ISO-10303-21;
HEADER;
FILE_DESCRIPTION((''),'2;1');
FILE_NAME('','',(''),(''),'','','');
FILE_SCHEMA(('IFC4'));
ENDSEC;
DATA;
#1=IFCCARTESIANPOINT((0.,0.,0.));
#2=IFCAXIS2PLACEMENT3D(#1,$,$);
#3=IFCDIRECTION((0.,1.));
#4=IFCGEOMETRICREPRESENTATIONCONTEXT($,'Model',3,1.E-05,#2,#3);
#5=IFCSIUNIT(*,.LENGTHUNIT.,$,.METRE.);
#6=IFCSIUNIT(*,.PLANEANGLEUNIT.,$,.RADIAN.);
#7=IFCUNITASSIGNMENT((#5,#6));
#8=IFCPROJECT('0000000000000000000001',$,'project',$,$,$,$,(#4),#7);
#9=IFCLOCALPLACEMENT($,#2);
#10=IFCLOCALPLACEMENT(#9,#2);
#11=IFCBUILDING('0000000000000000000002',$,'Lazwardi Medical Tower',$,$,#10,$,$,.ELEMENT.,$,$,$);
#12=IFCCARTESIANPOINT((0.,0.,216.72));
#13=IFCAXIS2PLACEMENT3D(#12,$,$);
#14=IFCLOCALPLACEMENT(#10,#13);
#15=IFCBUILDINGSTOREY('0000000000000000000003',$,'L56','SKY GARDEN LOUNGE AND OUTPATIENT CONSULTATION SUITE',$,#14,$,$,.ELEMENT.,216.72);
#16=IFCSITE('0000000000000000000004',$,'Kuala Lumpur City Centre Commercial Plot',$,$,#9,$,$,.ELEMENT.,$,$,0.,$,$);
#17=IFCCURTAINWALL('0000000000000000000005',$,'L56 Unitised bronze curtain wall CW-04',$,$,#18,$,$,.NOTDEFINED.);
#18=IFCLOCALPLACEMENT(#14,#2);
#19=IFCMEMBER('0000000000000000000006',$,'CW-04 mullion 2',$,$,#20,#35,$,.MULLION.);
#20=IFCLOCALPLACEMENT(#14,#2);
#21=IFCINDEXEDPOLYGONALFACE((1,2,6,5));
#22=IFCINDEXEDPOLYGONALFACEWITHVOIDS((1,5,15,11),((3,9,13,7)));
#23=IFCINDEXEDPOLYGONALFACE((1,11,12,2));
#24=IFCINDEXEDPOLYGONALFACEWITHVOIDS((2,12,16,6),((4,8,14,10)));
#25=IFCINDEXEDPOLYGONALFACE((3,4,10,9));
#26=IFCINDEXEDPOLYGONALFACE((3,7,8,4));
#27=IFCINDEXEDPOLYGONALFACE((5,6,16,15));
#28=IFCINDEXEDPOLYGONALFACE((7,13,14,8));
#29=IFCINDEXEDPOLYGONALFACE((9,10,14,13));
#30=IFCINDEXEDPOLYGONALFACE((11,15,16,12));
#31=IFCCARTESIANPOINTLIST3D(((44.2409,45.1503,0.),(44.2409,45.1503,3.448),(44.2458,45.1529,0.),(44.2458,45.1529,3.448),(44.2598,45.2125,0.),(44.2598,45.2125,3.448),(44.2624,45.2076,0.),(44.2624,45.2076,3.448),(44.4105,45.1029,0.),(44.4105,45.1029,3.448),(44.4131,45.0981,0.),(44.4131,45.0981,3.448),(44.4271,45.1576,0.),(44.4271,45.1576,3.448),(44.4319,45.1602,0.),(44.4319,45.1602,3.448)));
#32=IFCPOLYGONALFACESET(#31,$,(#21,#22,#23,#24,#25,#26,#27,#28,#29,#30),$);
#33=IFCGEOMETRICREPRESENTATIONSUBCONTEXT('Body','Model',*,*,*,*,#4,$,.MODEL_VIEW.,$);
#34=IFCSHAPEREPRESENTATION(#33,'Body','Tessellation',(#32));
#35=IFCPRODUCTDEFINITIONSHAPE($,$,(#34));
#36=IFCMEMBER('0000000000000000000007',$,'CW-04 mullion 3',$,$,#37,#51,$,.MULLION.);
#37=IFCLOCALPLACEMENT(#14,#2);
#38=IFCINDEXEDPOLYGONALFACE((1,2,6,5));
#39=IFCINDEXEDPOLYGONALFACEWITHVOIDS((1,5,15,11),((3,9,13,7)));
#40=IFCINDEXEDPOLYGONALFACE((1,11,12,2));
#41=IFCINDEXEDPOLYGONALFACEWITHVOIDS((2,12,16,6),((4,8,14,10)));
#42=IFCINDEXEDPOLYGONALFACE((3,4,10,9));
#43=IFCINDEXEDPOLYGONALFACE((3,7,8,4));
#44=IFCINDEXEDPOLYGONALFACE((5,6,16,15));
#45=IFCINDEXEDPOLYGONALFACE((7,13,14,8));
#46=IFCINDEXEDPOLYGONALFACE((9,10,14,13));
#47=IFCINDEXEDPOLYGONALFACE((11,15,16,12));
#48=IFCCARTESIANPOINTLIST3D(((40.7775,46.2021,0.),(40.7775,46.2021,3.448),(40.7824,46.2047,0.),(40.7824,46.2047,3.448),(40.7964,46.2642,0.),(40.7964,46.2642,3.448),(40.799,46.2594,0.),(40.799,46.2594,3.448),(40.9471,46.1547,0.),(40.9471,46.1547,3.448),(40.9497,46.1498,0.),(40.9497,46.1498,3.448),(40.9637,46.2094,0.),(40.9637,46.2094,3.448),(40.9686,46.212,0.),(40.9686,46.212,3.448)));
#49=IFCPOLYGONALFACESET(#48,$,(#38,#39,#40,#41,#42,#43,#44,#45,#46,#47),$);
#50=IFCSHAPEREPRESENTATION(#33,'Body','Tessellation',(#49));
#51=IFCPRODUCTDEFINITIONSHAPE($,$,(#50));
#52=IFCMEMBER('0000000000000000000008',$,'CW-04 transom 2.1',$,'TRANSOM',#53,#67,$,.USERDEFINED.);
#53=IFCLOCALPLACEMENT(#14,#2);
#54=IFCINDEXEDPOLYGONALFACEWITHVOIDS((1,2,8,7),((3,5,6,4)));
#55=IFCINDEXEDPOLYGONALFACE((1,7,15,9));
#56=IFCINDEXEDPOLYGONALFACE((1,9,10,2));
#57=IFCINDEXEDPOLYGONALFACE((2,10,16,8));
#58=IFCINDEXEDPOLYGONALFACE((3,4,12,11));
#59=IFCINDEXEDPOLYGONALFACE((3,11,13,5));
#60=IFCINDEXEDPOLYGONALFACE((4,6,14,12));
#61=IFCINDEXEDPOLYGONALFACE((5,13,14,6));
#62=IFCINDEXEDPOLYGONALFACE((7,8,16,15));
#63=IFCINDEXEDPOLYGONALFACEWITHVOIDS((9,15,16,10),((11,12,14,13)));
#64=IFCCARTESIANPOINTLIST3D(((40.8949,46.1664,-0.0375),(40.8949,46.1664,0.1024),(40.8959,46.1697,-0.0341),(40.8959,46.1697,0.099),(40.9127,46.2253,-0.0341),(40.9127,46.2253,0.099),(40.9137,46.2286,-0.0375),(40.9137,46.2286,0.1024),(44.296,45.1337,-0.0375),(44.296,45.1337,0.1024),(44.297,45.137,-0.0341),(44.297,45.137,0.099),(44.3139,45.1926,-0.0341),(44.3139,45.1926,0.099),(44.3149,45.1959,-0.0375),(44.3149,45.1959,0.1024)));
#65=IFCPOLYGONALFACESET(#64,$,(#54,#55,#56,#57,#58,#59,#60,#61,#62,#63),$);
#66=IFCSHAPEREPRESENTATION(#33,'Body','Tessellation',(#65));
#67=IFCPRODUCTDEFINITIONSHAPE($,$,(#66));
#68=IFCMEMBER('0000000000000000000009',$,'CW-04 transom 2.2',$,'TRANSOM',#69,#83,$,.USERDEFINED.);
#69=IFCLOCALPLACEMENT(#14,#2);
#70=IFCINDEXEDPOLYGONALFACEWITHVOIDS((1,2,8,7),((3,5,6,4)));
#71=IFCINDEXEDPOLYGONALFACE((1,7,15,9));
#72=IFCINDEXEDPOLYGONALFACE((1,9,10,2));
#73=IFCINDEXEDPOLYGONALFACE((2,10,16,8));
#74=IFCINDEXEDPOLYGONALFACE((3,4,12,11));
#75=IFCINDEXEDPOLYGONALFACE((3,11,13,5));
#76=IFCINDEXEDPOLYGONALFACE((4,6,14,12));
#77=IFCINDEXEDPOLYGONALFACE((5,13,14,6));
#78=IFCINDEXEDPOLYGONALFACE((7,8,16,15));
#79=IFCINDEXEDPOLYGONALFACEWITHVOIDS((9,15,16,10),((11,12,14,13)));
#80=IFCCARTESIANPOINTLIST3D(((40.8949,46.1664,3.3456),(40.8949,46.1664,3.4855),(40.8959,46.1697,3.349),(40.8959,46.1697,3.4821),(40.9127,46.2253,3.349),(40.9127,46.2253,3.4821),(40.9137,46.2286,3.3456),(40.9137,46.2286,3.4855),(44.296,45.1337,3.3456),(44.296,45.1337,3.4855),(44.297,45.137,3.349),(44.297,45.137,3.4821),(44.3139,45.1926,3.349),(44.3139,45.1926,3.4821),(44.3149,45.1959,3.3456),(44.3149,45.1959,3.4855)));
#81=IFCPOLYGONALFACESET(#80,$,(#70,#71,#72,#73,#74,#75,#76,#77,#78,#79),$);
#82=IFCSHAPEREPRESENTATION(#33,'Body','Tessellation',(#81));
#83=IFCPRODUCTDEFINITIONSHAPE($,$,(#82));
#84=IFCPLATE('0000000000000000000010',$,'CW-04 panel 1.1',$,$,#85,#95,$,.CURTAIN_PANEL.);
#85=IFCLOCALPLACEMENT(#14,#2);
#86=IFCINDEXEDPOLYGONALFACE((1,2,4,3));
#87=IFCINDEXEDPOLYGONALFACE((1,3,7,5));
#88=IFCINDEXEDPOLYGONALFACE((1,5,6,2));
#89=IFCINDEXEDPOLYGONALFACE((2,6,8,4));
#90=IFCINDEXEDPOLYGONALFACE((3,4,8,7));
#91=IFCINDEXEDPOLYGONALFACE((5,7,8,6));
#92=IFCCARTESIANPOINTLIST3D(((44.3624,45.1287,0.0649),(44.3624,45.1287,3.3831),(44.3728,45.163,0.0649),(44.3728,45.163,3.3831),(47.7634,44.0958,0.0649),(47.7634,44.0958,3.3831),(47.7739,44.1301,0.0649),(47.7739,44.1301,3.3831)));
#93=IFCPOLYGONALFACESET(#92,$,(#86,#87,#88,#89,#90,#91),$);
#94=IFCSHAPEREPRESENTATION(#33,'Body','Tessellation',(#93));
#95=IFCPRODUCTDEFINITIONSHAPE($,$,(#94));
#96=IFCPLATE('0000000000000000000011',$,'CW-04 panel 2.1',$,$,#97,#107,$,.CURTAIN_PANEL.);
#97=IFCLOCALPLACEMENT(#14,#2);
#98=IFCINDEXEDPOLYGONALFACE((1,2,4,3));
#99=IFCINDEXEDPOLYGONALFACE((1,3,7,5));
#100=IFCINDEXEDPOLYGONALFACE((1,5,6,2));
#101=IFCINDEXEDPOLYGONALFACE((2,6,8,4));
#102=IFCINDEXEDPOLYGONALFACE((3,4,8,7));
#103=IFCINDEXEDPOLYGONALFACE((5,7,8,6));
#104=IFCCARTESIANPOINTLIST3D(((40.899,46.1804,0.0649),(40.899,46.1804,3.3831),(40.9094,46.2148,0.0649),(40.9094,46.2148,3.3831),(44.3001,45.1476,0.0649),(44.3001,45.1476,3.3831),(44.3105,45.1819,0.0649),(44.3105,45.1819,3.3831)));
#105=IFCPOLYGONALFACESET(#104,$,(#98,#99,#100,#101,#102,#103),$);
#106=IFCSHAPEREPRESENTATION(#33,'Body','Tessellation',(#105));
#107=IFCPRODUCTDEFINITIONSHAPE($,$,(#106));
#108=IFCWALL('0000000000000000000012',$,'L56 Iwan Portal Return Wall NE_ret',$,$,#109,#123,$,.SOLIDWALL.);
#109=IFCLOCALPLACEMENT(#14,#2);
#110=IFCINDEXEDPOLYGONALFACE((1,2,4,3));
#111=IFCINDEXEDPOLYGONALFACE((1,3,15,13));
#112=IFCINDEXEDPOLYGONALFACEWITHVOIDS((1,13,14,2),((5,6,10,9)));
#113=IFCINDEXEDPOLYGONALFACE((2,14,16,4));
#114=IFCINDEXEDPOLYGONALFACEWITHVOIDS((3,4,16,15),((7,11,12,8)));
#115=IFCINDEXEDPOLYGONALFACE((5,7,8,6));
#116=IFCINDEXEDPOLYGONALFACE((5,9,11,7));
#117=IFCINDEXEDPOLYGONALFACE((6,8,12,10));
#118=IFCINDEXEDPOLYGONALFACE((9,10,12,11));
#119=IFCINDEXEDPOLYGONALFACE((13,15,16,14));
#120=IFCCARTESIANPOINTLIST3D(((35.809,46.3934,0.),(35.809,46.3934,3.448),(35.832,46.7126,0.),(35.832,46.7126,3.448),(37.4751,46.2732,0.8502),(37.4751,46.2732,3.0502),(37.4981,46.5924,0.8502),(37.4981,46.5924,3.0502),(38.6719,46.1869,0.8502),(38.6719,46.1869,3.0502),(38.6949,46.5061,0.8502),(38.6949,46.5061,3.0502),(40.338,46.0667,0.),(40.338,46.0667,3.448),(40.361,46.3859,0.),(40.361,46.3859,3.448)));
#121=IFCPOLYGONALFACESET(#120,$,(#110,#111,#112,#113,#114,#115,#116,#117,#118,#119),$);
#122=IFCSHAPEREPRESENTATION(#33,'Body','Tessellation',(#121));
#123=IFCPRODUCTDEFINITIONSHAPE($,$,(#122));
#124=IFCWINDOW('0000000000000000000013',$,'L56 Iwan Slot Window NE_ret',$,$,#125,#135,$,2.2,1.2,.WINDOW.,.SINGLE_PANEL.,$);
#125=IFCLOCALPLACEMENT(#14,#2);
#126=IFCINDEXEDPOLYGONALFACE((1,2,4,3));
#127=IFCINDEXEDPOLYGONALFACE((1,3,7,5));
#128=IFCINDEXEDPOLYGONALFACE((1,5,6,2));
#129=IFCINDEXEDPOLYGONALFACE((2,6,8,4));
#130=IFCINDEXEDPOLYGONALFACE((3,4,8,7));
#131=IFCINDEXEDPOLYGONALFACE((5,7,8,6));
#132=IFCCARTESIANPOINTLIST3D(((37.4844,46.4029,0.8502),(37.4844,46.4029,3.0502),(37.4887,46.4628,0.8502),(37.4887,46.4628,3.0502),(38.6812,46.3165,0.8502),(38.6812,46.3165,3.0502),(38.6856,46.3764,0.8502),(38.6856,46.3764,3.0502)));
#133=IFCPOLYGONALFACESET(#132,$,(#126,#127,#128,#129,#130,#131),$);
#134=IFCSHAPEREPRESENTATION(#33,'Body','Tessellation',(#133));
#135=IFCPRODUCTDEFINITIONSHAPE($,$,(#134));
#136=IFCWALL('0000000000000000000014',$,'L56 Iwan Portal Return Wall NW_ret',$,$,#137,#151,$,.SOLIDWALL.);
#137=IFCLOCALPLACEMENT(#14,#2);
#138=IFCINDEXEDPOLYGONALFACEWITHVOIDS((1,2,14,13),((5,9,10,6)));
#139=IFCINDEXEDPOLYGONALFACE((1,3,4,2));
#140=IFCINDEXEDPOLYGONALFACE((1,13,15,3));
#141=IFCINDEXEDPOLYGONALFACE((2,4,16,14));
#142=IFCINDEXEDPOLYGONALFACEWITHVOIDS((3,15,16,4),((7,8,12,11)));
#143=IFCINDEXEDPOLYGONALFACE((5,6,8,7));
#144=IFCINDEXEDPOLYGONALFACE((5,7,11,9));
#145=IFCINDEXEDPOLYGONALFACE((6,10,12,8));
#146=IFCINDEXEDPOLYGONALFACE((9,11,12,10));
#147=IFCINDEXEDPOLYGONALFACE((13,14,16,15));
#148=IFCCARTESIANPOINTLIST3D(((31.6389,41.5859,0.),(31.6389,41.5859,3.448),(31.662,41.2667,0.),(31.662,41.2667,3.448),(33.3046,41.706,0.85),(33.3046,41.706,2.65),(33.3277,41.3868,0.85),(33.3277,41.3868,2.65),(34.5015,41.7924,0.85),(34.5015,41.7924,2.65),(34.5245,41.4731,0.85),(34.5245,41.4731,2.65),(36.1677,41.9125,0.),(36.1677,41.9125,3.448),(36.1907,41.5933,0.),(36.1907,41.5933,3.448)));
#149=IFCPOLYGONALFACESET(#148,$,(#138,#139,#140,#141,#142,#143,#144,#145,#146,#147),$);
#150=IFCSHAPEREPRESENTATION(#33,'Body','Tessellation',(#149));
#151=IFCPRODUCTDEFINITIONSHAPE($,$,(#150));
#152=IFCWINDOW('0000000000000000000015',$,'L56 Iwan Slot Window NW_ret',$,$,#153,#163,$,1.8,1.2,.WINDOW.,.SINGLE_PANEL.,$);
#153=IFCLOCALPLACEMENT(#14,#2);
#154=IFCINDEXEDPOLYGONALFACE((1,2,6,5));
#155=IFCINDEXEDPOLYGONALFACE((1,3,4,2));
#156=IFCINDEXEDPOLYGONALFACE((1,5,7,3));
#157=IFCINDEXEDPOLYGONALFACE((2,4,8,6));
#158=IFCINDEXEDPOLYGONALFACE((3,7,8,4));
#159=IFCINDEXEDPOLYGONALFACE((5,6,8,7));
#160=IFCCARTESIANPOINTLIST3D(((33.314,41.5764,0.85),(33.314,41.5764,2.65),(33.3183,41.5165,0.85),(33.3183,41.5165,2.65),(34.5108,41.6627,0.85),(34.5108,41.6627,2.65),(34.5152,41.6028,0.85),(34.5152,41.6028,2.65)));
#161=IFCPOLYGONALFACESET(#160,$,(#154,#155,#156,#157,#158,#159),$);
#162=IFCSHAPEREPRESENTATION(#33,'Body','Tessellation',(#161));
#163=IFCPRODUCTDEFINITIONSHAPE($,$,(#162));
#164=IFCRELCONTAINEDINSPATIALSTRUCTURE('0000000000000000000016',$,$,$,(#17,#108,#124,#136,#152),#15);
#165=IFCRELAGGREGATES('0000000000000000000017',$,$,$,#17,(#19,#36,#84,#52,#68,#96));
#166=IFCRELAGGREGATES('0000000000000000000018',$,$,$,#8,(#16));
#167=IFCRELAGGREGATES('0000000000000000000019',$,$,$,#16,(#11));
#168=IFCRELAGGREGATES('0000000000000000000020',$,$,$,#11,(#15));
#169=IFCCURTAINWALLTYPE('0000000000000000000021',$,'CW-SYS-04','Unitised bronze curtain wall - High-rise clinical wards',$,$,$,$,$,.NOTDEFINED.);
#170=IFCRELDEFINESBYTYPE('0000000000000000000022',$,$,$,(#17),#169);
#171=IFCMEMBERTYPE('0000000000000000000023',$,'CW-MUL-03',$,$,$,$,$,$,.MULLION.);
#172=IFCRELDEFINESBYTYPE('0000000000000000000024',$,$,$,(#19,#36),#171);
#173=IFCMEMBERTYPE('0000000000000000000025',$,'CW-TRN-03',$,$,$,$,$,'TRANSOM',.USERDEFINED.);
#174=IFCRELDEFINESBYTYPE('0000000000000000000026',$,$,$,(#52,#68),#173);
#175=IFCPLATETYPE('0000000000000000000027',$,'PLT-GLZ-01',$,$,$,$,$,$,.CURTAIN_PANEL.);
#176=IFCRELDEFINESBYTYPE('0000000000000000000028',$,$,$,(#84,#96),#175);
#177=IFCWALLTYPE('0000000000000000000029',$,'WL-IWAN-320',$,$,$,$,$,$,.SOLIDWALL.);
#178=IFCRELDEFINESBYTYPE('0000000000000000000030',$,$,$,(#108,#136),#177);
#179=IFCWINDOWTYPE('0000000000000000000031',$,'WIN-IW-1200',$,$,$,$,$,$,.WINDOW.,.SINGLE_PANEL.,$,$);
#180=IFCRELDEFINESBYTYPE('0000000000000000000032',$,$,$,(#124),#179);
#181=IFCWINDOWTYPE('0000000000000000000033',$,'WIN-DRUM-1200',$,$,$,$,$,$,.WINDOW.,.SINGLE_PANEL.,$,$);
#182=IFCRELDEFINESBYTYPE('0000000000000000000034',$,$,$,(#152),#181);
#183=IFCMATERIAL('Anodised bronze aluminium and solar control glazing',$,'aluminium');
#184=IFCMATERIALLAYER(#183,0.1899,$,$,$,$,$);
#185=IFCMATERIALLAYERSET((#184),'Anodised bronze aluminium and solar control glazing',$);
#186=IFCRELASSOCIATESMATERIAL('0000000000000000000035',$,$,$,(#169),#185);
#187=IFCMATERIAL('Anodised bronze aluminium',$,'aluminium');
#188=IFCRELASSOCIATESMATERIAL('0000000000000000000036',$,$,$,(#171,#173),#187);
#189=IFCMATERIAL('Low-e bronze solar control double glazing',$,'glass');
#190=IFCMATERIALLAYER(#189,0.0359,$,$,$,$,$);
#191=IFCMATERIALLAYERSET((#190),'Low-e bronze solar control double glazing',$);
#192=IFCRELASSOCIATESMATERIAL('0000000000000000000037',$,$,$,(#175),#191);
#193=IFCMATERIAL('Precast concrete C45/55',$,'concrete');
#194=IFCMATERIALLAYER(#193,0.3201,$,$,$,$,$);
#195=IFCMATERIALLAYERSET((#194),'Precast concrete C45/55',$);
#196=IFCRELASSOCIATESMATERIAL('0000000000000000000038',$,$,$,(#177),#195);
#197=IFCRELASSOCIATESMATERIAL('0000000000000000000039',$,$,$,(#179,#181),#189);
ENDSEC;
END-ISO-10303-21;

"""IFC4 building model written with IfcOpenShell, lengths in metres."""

from ifc_helpers import new_model, si_unit, direction, frame, frame_2d, origin, origin_2d, place, context, subcontext, project, spatial, rectangle, hollow_rectangle, extrude, material, layer, layer_set, material_profile, profile_set, type_object, element, fill, aggregate, save


model = new_model("IFC4")

# Units and contexts
model_context = context("Model", 3, precision=1e-05, world=origin(), true_north=direction((0.0, 1.0)))
body_context = subcontext(model_context, "Body", "Model", "MODEL_VIEW")
ifc_project = project(units=[si_unit("LENGTHUNIT", "METRE"), si_unit("PLANEANGLEUNIT", "RADIAN")], contexts=[model_context])

# Site, building, storey
site_placement = place(None, origin())
site = spatial("IfcSite", under=ifc_project, at=site_placement, Name="Kuala Lumpur City Centre Commercial Plot", CompositionType="ELEMENT", RefElevation=0.0)
building_placement = place(site_placement, origin())
building = spatial("IfcBuilding", under=site, at=building_placement, Name="Lazwardi Medical Tower", CompositionType="ELEMENT")
storey_placement = place(building_placement, frame((0.0, 0.0, 216.72)))
storey = spatial("IfcBuildingStorey", under=building, at=storey_placement, Name="L56", Description="SKY GARDEN LOUNGE AND OUTPATIENT CONSULTATION SUITE", CompositionType="ELEMENT", Elevation=216.72)

# Curtain wall, members, plates
ifc_material_1 = material(Name="Anodised bronze aluminium and solar control glazing", Category="aluminium")
ifc_layer_1 = layer(ifc_material_1, 0.1899)
ifc_layer_set_1 = layer_set([ifc_layer_1], Name="Anodised bronze aluminium and solar control glazing")
curtain_wall_type = type_object("IfcCurtainWallType", Name="CW-SYS-04", Description="Unitised bronze curtain wall - High-rise clinical wards", PredefinedType="NOTDEFINED", material=ifc_layer_set_1)
curtain_wall_placement = place(storey_placement, origin())
curtain_wall = element("IfcCurtainWall", 1, at=curtain_wall_placement, inside=storey, type_object=curtain_wall_type, Name="L56 Unitised bronze curtain wall CW-04", PredefinedType="NOTDEFINED")
ifc_material_2 = material(Name="Anodised bronze aluminium", Category="aluminium")
ifc_material_profile_1 = material_profile(ifc_material_2, hollow_rectangle(XDim=0.0649, YDim=0.1799, WallThickness=0.0039, at=origin_2d()), Name="ALU-MULLION 180x65x4")
ifc_profile_set_1 = profile_set([ifc_material_profile_1], Name="Anodised bronze aluminium")
member_type_1 = type_object("IfcMemberType", Name="CW-MUL-03", PredefinedType="MULLION", material=ifc_profile_set_1)
member_1_placement = place(storey_placement, frame((44.3364, 45.1553, 0.0), z_axis=(0.0, 0.0, 1.0), x_axis=(-0.290582, -0.95685, 0.0)))
member_1 = element("IfcMember", 2, at=member_1_placement, type_object=member_type_1, Name="CW-04 mullion 2", PredefinedType="MULLION", context=body_context, shape_type="SweptSolid", body=[
    extrude(hollow_rectangle(XDim=0.0649, YDim=0.1799, WallThickness=0.0039, at=origin_2d()), origin(), (0.0, 0.0, 1.0), 3.448),
])
member_2_placement = place(storey_placement, frame((40.873, 46.207, 0.0), z_axis=(0.0, 0.0, 1.0), x_axis=(-0.290582, -0.95685, 0.0)))
member_2 = element("IfcMember", 3, at=member_2_placement, type_object=member_type_1, Name="CW-04 mullion 3", PredefinedType="MULLION", context=body_context, shape_type="SweptSolid", body=[
    extrude(hollow_rectangle(XDim=0.0649, YDim=0.1799, WallThickness=0.0039, at=origin_2d()), origin(), (0.0, 0.0, 1.0), 3.448),
])
ifc_material_profile_2 = material_profile(ifc_material_2, hollow_rectangle(XDim=0.0649, YDim=0.1399, WallThickness=0.0034, at=origin_2d()), Name="ALU-TRANSOM 140x65x3.5")
ifc_profile_set_2 = profile_set([ifc_material_profile_2], Name="Anodised bronze aluminium")
member_type_2 = type_object("IfcMemberType", Name="CW-TRN-03", ElementType="TRANSOM", PredefinedType="USERDEFINED", material=ifc_profile_set_2)
member_3_placement = place(storey_placement, frame((44.3054, 45.1648, 0.0325), z_axis=(-0.956863, 0.290541, 0.0), x_axis=(-0.290541, -0.956863, 0.0)))
member_3 = element("IfcMember", 4, at=member_3_placement, type_object=member_type_2, Name="CW-04 transom 2.1", ObjectType="TRANSOM", PredefinedType="USERDEFINED", context=body_context, shape_type="SweptSolid", body=[
    extrude(hollow_rectangle(XDim=0.0649, YDim=0.1399, WallThickness=0.0034, at=origin_2d()), origin(), (0.0, 0.0, 1.0), 3.5544),
])
member_4_placement = place(storey_placement, frame((44.3054, 45.1648, 3.4155), z_axis=(-0.956863, 0.290541, 0.0), x_axis=(-0.290541, -0.956863, 0.0)))
member_4 = element("IfcMember", 5, at=member_4_placement, type_object=member_type_2, Name="CW-04 transom 2.2", ObjectType="TRANSOM", PredefinedType="USERDEFINED", context=body_context, shape_type="SweptSolid", body=[
    extrude(hollow_rectangle(XDim=0.0649, YDim=0.1399, WallThickness=0.0034, at=origin_2d()), origin(), (0.0, 0.0, 1.0), 3.5544),
])
ifc_material_3 = material(Name="Low-e bronze solar control double glazing", Category="glass")
ifc_layer_2 = layer(ifc_material_3, 0.0359)
ifc_layer_set_2 = layer_set([ifc_layer_2], Name="Low-e bronze solar control double glazing")
plate_type = type_object("IfcPlateType", Name="PLT-GLZ-01", PredefinedType="CURTAIN_PANEL", material=ifc_layer_set_2)
plate_1_placement = place(storey_placement, frame((46.0681, 44.6294, 0.0649), z_axis=(0.0, 0.0, 1.0), x_axis=(-0.95685, 0.290582, 0.0)))
plate_1 = element("IfcPlate", 6, at=plate_1_placement, type_object=plate_type, Name="CW-04 panel 1.1", PredefinedType="CURTAIN_PANEL", context=body_context, shape_type="SweptSolid", body=[
    extrude(rectangle(XDim=3.5544, YDim=0.0359, at=origin_2d()), origin(), (0.0, 0.0, 1.0), 3.3181),
])
plate_2_placement = place(storey_placement, frame((42.6047, 45.6812, 0.0649), z_axis=(0.0, 0.0, 1.0), x_axis=(-0.95685, 0.290582, 0.0)))
plate_2 = element("IfcPlate", 7, at=plate_2_placement, type_object=plate_type, Name="CW-04 panel 2.1", PredefinedType="CURTAIN_PANEL", context=body_context, shape_type="SweptSolid", body=[
    extrude(rectangle(XDim=3.5544, YDim=0.0359, at=origin_2d()), origin(), (0.0, 0.0, 1.0), 3.3181),
])
aggregate(curtain_wall, [member_1, member_2, plate_1, member_3, member_4, plate_2])

# Walls, openings, windows
ifc_material_4 = material(Name="Precast concrete C45/55", Category="concrete")
ifc_layer_3 = layer(ifc_material_4, 0.3201)
ifc_layer_set_3 = layer_set([ifc_layer_3], Name="Precast concrete C45/55")
wall_type = type_object("IfcWallType", Name="WL-IWAN-320", PredefinedType="SOLIDWALL", material=ifc_layer_set_3)
wall_1_placement = place(storey_placement, frame((40.3496, 46.2263, 0.0), z_axis=(0.0, 0.0, 1.0), x_axis=(-0.997409, 0.071939, 0.0)))
wall_1 = element("IfcWall", 8, at=wall_1_placement, inside=storey, type_object=wall_type, Name="L56 Iwan Portal Return Wall NE_ret", PredefinedType="SOLIDWALL", context=body_context, shape_type="SweptSolid", body=[
    extrude(rectangle(XDim=4.5408, YDim=0.3201, at=frame_2d((2.2705, 0.0))), origin(), (0.0, 0.0, 1.0), 3.448),
])
opening_1_placement = place(wall_1_placement, frame((1.6704, 0.0, 0.8501)))
opening_1 = element("IfcOpeningElement", 9, at=opening_1_placement, cuts=wall_1, PredefinedType="OPENING", context=body_context, shape_type="SweptSolid", body=[
    extrude(rectangle(XDim=1.2, YDim=2.2, at=frame_2d((0.6001, 1.1001))), frame((0.0, 0.1699, 0.0), z_axis=(0.0, -1.0, 0.0), x_axis=(1.0, 0.0, 0.0)), (0.0, 0.0, 1.0), 0.3401),
])
window_type_1 = type_object("IfcWindowType", Name="WIN-IW-1200", PartitioningType="SINGLE_PANEL", PredefinedType="WINDOW", material=ifc_material_3)
window_1_placement = place(opening_1_placement, origin())
window_1 = element("IfcWindow", 10, at=window_1_placement, inside=storey, type_object=window_type_1, Name="L56 Iwan Slot Window NE_ret", OverallHeight=2.2, OverallWidth=1.2, PartitioningType="SINGLE_PANEL", PredefinedType="WINDOW", context=body_context, shape_type="SweptSolid", body=[
    extrude(rectangle(XDim=1.2, YDim=2.2, at=frame_2d((0.6001, 1.1001))), frame((0.0, 0.03, 0.0), z_axis=(0.0, -1.0, 0.0), x_axis=(1.0, 0.0, 0.0)), (0.0, 0.0, 1.0), 0.0601),
])
fill(opening_1, window_1)
wall_2_placement = place(storey_placement, frame((36.1792, 41.7529, 0.0), z_axis=(0.0, 0.0, 1.0), x_axis=(-0.997409, -0.071942, 0.0)))
wall_2 = element("IfcWall", 11, at=wall_2_placement, inside=storey, type_object=wall_type, Name="L56 Iwan Portal Return Wall NW_ret", PredefinedType="SOLIDWALL", context=body_context, shape_type="SweptSolid", body=[
    extrude(rectangle(XDim=4.5405, YDim=0.3201, at=frame_2d((2.2703, 0.0))), origin(), (0.0, 0.0, 1.0), 3.448),
])
opening_2_placement = place(wall_2_placement, frame((1.6704, 0.0, 0.8501)))
opening_2 = element("IfcOpeningElement", 12, at=opening_2_placement, cuts=wall_2, PredefinedType="OPENING", context=body_context, shape_type="SweptSolid", body=[
    extrude(rectangle(XDim=1.2, YDim=1.8, at=frame_2d((0.6001, 0.8999))), frame((0.0, 0.1699, 0.0), z_axis=(0.0, -1.0, 0.0), x_axis=(1.0, 0.0, 0.0)), (0.0, 0.0, 1.0), 0.3401),
])
window_type_2 = type_object("IfcWindowType", Name="WIN-DRUM-1200", PartitioningType="SINGLE_PANEL", PredefinedType="WINDOW", material=ifc_material_3)
window_2_placement = place(opening_2_placement, origin())
window_2 = element("IfcWindow", 13, at=window_2_placement, inside=storey, type_object=window_type_2, Name="L56 Iwan Slot Window NW_ret", OverallHeight=1.8, OverallWidth=1.2, PartitioningType="SINGLE_PANEL", PredefinedType="WINDOW", context=body_context, shape_type="SweptSolid", body=[
    extrude(rectangle(XDim=1.2, YDim=1.8, at=frame_2d((0.6001, 0.8999))), frame((0.0, 0.03, 0.0), z_axis=(0.0, -1.0, 0.0), x_axis=(1.0, 0.0, 0.0)), (0.0, 0.0, 1.0), 0.0601),
])
fill(opening_2, window_2)

save(model, "model.ifc")
